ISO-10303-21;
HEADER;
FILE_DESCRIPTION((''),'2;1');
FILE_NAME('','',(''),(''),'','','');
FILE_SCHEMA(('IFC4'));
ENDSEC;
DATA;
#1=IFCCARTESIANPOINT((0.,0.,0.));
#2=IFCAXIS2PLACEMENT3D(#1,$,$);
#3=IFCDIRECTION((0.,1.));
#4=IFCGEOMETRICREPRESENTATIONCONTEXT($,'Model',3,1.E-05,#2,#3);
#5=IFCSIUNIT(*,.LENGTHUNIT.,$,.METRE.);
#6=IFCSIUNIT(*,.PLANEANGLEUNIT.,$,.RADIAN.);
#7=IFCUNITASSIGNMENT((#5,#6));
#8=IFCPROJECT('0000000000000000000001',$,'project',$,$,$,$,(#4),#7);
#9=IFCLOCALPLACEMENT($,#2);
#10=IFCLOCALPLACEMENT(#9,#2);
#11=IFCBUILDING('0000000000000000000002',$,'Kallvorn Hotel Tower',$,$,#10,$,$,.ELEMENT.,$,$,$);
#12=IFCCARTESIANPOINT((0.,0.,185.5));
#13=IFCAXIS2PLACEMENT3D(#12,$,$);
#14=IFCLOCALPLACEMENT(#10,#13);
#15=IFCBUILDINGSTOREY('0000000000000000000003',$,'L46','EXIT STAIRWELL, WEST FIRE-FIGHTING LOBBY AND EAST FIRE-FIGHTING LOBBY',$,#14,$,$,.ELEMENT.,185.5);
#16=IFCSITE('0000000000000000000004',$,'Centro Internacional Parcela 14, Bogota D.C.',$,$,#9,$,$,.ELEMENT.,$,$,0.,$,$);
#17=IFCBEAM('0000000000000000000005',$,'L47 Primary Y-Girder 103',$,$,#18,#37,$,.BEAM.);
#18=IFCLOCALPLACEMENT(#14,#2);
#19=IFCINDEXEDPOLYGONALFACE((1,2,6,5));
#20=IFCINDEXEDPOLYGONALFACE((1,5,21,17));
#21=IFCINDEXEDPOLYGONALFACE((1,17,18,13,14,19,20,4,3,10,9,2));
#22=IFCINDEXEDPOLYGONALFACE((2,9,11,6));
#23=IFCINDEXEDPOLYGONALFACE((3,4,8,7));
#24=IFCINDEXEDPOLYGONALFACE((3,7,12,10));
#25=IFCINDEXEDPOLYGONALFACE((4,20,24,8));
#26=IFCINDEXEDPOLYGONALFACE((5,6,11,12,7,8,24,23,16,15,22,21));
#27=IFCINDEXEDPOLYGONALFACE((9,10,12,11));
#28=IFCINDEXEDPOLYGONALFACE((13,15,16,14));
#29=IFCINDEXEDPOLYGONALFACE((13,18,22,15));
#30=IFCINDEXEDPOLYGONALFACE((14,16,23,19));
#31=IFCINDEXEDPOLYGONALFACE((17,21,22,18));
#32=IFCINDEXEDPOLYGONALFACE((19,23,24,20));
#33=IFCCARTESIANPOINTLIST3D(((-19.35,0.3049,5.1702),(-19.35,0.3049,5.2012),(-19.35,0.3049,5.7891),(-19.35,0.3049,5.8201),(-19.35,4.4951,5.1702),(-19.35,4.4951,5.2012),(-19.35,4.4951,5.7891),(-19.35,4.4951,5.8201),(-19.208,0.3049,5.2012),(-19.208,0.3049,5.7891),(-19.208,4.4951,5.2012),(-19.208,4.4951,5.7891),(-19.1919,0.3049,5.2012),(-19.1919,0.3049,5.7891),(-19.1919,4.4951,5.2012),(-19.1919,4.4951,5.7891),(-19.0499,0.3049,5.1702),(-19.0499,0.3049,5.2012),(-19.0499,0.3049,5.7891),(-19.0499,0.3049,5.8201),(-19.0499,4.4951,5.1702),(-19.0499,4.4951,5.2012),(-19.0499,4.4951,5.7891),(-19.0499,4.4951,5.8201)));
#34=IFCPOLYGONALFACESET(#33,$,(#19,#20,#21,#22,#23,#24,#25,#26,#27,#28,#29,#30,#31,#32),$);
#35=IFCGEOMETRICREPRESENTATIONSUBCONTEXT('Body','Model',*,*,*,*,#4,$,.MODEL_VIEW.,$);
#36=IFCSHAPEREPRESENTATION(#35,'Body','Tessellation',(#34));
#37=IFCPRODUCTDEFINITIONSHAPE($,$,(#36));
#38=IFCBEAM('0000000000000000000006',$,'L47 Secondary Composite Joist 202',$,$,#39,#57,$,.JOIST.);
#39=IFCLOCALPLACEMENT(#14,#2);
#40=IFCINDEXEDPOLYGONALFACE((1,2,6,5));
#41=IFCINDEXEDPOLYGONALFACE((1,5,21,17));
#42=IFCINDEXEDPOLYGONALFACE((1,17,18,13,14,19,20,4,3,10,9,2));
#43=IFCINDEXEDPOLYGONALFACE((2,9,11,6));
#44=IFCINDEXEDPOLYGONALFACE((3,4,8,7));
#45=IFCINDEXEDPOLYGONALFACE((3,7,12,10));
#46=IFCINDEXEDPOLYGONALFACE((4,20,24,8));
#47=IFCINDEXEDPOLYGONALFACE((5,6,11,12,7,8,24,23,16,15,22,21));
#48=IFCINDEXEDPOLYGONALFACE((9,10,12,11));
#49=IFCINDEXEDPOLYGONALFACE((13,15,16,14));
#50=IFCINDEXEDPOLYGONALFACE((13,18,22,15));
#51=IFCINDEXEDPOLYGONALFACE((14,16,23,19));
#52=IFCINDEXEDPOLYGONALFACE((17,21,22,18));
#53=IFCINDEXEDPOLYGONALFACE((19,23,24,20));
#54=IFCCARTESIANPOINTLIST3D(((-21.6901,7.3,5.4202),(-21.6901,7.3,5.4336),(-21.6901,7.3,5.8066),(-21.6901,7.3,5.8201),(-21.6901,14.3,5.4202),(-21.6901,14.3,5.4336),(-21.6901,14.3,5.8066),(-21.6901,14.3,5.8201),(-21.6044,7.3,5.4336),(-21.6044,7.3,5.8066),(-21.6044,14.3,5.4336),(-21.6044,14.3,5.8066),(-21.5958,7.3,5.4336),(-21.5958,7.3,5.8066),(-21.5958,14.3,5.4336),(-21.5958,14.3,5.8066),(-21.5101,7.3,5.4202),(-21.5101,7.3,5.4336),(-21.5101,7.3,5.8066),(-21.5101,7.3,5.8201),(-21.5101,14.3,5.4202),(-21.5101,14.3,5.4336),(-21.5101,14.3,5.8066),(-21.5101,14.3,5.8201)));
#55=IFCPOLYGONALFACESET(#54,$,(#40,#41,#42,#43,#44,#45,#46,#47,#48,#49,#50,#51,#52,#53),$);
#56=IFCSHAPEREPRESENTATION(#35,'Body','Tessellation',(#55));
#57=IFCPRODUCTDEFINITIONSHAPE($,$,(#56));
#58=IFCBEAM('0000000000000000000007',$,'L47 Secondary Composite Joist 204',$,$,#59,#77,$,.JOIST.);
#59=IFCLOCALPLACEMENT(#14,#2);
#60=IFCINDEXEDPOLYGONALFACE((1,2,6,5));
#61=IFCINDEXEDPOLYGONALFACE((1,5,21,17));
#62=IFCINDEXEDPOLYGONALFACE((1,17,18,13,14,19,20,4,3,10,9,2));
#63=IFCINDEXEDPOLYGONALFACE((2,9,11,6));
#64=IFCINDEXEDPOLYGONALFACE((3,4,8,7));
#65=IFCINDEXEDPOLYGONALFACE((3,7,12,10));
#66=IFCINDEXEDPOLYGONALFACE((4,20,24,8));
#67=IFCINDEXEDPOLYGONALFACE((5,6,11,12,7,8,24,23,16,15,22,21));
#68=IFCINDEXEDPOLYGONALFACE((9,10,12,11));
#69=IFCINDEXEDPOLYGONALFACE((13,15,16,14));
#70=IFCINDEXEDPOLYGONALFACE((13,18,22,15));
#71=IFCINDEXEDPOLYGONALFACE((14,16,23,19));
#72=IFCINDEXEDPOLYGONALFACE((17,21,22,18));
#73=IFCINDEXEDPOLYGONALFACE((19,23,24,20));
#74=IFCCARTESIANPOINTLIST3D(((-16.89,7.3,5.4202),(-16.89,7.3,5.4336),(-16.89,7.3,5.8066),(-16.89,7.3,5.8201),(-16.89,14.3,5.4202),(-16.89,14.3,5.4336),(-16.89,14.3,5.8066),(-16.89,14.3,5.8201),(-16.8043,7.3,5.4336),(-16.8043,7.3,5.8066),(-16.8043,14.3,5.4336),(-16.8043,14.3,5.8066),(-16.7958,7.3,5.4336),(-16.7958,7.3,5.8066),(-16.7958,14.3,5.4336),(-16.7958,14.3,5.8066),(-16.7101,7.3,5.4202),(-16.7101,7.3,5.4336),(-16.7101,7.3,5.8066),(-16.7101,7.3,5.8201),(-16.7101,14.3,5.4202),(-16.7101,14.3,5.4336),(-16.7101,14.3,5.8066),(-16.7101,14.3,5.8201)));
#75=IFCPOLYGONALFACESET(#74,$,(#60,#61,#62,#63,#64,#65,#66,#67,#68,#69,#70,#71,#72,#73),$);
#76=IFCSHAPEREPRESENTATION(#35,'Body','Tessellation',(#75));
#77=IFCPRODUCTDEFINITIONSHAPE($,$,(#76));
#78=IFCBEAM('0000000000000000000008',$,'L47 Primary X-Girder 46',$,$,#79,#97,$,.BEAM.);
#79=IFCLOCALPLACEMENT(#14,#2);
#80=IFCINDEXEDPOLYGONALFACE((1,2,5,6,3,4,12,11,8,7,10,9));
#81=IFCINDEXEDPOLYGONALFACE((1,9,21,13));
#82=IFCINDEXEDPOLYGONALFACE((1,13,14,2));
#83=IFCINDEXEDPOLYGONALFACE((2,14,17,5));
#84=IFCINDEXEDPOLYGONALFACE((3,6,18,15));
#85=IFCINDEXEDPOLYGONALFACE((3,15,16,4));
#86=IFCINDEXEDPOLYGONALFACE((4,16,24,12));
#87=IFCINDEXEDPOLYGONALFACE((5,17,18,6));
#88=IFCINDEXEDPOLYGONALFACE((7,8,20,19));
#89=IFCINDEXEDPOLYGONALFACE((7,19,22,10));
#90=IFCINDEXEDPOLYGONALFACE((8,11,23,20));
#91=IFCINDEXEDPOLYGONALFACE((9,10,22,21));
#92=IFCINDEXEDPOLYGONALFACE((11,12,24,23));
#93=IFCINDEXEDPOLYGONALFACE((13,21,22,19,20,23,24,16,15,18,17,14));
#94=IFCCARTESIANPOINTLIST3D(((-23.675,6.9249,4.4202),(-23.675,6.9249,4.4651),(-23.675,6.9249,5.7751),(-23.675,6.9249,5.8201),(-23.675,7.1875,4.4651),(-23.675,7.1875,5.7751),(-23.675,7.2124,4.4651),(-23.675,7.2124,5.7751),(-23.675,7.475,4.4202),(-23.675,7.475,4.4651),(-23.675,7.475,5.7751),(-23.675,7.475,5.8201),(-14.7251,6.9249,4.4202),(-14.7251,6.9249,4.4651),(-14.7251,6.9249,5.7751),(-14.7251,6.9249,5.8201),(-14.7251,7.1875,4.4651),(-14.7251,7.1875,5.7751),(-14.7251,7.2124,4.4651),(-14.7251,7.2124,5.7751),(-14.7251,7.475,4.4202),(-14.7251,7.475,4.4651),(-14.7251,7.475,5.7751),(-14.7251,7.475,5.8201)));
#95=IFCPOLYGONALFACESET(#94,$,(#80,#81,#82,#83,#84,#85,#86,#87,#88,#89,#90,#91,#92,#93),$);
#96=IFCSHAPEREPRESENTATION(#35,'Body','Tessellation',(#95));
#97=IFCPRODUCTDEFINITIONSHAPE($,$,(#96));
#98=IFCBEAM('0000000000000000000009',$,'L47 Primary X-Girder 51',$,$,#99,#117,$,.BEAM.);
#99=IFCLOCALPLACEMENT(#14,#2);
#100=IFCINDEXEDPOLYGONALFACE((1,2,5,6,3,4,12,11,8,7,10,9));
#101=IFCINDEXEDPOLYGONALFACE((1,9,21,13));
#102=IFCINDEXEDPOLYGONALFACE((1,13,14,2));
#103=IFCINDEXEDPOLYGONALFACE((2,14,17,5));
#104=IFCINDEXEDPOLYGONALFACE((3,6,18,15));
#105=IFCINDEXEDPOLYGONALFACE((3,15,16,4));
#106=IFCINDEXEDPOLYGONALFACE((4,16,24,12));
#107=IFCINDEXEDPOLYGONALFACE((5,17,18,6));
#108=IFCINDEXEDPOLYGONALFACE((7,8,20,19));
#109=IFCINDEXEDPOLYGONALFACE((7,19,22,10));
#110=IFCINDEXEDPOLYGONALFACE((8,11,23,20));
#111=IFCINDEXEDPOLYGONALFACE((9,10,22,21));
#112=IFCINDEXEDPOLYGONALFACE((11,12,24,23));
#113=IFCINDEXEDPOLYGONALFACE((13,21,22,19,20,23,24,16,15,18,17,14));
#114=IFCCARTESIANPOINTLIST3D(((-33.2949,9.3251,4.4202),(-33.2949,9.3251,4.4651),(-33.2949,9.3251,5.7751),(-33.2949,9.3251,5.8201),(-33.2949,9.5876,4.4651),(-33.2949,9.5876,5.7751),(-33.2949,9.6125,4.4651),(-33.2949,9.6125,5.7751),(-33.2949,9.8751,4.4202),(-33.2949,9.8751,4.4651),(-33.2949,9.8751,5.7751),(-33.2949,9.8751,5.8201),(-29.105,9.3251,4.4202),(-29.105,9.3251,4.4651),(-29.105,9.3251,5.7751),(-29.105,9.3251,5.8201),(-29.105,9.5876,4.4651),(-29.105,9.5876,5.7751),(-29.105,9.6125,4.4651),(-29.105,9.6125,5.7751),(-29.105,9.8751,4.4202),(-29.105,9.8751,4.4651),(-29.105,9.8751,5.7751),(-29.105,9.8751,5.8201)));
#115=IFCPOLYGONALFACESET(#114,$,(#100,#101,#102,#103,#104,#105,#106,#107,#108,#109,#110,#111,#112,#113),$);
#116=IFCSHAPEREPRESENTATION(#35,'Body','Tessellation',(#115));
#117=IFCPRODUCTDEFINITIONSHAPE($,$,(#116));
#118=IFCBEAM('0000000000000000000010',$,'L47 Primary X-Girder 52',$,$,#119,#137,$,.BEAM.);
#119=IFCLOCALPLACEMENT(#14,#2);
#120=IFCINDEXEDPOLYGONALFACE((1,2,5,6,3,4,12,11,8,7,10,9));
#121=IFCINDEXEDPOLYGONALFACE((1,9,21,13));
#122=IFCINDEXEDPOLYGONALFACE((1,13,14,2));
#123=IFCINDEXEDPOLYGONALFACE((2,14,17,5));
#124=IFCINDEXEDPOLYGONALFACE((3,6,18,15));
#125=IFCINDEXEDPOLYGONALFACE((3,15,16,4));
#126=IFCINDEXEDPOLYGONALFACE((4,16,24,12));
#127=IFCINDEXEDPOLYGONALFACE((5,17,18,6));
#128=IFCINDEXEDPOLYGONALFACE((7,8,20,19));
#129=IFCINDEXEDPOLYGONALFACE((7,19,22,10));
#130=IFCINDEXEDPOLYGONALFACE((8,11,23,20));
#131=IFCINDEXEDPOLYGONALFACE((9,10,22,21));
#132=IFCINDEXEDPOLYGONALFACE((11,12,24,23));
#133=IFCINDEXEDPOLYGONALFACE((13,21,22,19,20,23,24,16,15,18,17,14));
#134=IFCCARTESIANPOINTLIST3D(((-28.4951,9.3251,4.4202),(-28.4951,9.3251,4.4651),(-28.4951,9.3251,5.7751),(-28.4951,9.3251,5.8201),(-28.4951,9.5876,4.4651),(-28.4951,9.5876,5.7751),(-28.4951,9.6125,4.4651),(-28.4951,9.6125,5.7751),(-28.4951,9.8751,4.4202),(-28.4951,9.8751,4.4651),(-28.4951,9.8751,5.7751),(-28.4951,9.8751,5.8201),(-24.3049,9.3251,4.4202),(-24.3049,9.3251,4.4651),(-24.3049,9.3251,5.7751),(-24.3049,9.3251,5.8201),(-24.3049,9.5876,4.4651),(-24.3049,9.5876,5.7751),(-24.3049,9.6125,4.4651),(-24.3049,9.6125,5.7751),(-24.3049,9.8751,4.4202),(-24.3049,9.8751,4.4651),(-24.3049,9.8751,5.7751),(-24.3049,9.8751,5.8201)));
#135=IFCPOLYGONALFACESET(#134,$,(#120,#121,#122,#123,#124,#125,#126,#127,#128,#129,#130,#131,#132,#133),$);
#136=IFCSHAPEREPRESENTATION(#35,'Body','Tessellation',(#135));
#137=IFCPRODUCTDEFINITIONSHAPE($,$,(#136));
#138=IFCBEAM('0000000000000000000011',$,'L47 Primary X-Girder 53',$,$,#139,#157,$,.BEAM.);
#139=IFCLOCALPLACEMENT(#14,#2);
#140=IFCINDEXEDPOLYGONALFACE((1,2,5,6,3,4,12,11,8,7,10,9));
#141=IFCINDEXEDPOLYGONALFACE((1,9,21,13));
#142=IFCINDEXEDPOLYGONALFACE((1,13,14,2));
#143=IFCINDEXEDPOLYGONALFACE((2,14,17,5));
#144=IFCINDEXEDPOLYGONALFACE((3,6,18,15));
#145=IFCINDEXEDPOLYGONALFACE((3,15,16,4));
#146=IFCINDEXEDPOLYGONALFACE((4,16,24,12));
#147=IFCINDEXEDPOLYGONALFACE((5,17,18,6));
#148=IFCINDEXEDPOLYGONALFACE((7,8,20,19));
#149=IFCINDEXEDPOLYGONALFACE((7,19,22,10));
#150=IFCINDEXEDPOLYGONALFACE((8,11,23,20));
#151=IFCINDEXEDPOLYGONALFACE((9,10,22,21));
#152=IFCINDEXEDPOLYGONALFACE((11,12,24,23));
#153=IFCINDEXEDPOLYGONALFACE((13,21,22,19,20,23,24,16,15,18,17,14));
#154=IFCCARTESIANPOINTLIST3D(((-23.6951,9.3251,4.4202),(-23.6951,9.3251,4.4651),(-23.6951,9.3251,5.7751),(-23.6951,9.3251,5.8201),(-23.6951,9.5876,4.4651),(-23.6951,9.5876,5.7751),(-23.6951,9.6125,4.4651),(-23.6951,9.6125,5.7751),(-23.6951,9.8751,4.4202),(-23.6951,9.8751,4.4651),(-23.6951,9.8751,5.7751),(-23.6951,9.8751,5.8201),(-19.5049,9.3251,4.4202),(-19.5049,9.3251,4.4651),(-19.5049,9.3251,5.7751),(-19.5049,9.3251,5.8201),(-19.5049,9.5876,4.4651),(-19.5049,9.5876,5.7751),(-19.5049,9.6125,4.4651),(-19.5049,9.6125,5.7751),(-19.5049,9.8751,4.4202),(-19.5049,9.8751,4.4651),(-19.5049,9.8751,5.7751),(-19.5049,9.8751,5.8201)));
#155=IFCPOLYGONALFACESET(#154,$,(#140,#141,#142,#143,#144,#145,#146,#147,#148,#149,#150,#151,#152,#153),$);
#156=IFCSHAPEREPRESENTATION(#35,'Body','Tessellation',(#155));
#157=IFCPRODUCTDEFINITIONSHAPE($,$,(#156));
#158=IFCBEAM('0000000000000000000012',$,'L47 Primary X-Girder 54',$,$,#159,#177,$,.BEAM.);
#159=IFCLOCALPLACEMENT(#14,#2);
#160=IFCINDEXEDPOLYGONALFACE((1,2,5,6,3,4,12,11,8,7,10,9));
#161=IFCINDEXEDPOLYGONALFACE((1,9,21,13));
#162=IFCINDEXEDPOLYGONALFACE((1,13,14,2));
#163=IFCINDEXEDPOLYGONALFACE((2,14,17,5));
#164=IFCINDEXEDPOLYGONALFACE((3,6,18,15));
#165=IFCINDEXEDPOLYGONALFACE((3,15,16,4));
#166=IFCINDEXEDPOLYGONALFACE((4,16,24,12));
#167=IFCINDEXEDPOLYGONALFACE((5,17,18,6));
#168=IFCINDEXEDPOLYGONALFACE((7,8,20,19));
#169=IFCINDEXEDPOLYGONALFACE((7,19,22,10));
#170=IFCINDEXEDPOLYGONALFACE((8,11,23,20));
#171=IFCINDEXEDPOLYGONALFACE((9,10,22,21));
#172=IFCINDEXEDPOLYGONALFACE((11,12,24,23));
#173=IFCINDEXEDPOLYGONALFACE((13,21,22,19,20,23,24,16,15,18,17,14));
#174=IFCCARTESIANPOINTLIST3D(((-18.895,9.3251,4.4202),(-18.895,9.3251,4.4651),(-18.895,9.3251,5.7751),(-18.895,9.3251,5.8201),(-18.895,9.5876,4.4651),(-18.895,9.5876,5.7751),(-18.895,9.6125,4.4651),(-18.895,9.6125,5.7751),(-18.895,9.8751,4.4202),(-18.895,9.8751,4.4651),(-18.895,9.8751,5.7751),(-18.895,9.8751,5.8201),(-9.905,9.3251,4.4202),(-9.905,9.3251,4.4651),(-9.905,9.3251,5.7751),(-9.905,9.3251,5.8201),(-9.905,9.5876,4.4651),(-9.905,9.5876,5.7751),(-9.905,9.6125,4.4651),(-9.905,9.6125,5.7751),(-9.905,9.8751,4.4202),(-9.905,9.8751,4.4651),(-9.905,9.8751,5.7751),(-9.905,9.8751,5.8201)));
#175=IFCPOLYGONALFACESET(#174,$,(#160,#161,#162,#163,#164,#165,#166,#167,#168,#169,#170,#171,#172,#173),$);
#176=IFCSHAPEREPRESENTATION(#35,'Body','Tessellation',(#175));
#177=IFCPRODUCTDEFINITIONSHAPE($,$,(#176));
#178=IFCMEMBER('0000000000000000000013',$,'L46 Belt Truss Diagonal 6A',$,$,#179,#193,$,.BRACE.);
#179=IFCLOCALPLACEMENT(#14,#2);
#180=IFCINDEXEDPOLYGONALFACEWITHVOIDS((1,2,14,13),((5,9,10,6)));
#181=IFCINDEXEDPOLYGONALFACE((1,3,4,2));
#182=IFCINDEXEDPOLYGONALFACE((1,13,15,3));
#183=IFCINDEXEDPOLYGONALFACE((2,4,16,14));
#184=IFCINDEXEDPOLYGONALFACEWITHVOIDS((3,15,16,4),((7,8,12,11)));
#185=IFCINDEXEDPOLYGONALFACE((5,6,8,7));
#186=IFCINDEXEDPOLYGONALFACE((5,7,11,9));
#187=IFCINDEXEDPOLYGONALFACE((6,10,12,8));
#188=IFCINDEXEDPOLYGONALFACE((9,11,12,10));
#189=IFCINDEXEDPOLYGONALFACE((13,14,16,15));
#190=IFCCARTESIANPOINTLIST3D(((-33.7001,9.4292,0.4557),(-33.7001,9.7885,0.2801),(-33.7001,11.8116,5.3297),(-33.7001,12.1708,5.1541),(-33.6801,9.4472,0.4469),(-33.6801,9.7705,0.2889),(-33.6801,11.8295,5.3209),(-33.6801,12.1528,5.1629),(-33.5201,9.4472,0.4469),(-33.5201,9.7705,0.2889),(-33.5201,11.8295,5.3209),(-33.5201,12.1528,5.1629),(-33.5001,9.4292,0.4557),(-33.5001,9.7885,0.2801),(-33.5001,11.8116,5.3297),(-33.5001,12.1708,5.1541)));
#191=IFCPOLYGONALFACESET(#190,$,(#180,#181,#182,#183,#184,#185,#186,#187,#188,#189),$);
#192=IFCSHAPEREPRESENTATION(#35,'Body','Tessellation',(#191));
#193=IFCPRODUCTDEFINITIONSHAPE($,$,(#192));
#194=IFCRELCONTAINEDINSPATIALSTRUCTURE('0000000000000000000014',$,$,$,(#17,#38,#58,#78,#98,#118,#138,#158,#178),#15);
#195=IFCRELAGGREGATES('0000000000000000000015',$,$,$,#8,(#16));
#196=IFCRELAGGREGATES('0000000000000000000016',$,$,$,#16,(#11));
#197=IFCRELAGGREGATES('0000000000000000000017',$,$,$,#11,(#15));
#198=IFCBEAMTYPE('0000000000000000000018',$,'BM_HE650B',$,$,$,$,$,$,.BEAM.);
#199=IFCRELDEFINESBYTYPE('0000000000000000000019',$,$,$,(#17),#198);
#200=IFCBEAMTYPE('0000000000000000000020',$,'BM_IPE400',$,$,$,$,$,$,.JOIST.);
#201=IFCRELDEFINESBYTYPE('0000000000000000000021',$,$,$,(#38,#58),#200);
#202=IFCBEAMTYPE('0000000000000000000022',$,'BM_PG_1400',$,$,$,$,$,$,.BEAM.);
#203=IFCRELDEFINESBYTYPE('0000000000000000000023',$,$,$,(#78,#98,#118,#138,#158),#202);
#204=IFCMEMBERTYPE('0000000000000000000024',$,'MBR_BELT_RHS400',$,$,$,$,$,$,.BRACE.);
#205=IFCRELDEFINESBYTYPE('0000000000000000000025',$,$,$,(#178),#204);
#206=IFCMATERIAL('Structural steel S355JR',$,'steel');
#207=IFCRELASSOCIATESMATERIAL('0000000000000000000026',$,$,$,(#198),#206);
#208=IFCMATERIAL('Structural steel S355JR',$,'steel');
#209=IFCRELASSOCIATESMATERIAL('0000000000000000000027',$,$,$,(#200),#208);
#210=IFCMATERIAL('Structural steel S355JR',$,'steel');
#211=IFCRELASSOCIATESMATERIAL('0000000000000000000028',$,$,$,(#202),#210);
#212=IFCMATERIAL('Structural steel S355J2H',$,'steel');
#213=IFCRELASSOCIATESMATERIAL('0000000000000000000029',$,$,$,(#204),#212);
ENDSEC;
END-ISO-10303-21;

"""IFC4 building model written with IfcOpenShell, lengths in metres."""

from ifc_helpers import new_model, si_unit, direction, frame, origin, origin_2d, place, context, subcontext, project, spatial, hollow_rectangle, i_section, extrude, material, material_profile, profile_set, type_object, element, save


model = new_model("IFC4")

# Units and contexts
model_context = context("Model", 3, precision=1e-05, world=origin(), true_north=direction((0.0, 1.0)))
body_context = subcontext(model_context, "Body", "Model", "MODEL_VIEW")
ifc_project = project(units=[si_unit("LENGTHUNIT", "METRE"), si_unit("PLANEANGLEUNIT", "RADIAN")], contexts=[model_context])

# Site, building, storey
site_placement = place(None, origin())
site = spatial("IfcSite", under=ifc_project, at=site_placement, Name="Centro Internacional Parcela 14, Bogota D.C.", CompositionType="ELEMENT", RefElevation=0.0)
building_placement = place(site_placement, origin())
building = spatial("IfcBuilding", under=site, at=building_placement, Name="Kallvorn Hotel Tower", CompositionType="ELEMENT")
storey_placement = place(building_placement, frame((0.0, 0.0, 185.5)))
storey = spatial("IfcBuildingStorey", under=building, at=storey_placement, Name="L46", Description="EXIT STAIRWELL, WEST FIRE-FIGHTING LOBBY AND EAST FIRE-FIGHTING LOBBY", CompositionType="ELEMENT", Elevation=185.5)

# Beams
ifc_material_1 = material(Name="Structural steel S355JR", Category="steel")
ifc_material_profile_1 = material_profile(ifc_material_1, i_section(OverallWidth=0.3, OverallDepth=0.6499, WebThickness=0.0161, FlangeThickness=0.031, at=origin_2d()), Name="HE 650 B")
ifc_profile_set_1 = profile_set([ifc_material_profile_1], Name="Structural steel S355JR")
beam_type_1 = type_object("IfcBeamType", Name="BM_HE650B", PredefinedType="BEAM", material=ifc_profile_set_1)
beam_1_placement = place(storey_placement, frame((-19.2, 0.3049, 5.4951), z_axis=(0.0, 1.0, 0.0), x_axis=(-1.0, 0.0, 0.0)))
element("IfcBeam", 1, at=beam_1_placement, inside=storey, type_object=beam_type_1, Name="L47 Primary Y-Girder 103", PredefinedType="BEAM", context=body_context, shape_type="SweptSolid", body=[
    extrude(i_section(OverallWidth=0.3, OverallDepth=0.6499, WebThickness=0.0161, FlangeThickness=0.031, at=origin_2d()), origin(), (0.0, 0.0, 1.0), 4.1902),
])
ifc_material_2 = material(Name="Structural steel S355JR", Category="steel")
ifc_material_profile_2 = material_profile(ifc_material_2, i_section(OverallWidth=0.1799, OverallDepth=0.3999, WebThickness=0.0085, FlangeThickness=0.0134, at=origin_2d()), Name="IPE 400")
ifc_profile_set_2 = profile_set([ifc_material_profile_2], Name="Structural steel S355JR")
beam_type_2 = type_object("IfcBeamType", Name="BM_IPE400", PredefinedType="JOIST", material=ifc_profile_set_2)
for number, where, z_axis, x_axis, name in (
    (2, (-21.6001, 7.3, 5.6201), (0.0, 1.0, 0.0), (-1.0, 0.0, 0.0), "L47 Secondary Composite Joist 202"),
    (3, (-16.8, 7.3, 5.6201), (0.0, 1.0, 0.0), (-1.0, 0.0, 0.0), "L47 Secondary Composite Joist 204"),
):
    element("IfcBeam", number, at=place(storey_placement, frame(where, z_axis=z_axis, x_axis=x_axis)), inside=storey, type_object=beam_type_2, Name=name, PredefinedType="JOIST", context=body_context, shape_type="SweptSolid", body=[
        extrude(i_section(OverallWidth=0.1799, OverallDepth=0.3999, WebThickness=0.0085, FlangeThickness=0.0134, at=origin_2d()), origin(), (0.0, 0.0, 1.0), 7.0),
    ])
ifc_material_3 = material(Name="Structural steel S355JR", Category="steel")
ifc_material_profile_3 = material_profile(ifc_material_3, i_section(OverallWidth=0.55, OverallDepth=1.3999, WebThickness=0.0249, FlangeThickness=0.0449, at=origin_2d()), Name="PG 1400x550x25x45")
ifc_profile_set_3 = profile_set([ifc_material_profile_3], Name="Structural steel S355JR")
beam_type_3 = type_object("IfcBeamType", Name="BM_PG_1400", PredefinedType="BEAM", material=ifc_profile_set_3)
beam_2_placement = place(storey_placement, frame((-23.675, 7.2, 5.1201), z_axis=(1.0, 0.0, 0.0), x_axis=(0.0, 1.0, 0.0)))
element("IfcBeam", 4, at=beam_2_placement, inside=storey, type_object=beam_type_3, Name="L47 Primary X-Girder 46", PredefinedType="BEAM", context=body_context, shape_type="SweptSolid", body=[
    extrude(i_section(OverallWidth=0.55, OverallDepth=1.3999, WebThickness=0.0249, FlangeThickness=0.0449, at=origin_2d()), origin(), (0.0, 0.0, 1.0), 8.95),
])
beam_3_placement = place(storey_placement, frame((-33.2949, 9.6001, 5.1201), z_axis=(1.0, 0.0, 0.0), x_axis=(0.0, 1.0, 0.0)))
element("IfcBeam", 5, at=beam_3_placement, inside=storey, type_object=beam_type_3, Name="L47 Primary X-Girder 51", PredefinedType="BEAM", context=body_context, shape_type="SweptSolid", body=[
    extrude(i_section(OverallWidth=0.55, OverallDepth=1.3999, WebThickness=0.0249, FlangeThickness=0.0449, at=origin_2d()), origin(), (0.0, 0.0, 1.0), 4.1899),
])
for number, where, z_axis, x_axis, name in (
    (6, (-28.4951, 9.6001, 5.1201), (1.0, 0.0, 0.0), (0.0, 1.0, 0.0), "L47 Primary X-Girder 52"),
    (7, (-23.6951, 9.6001, 5.1201), (1.0, 0.0, 0.0), (0.0, 1.0, 0.0), "L47 Primary X-Girder 53"),
):
    element("IfcBeam", number, at=place(storey_placement, frame(where, z_axis=z_axis, x_axis=x_axis)), inside=storey, type_object=beam_type_3, Name=name, PredefinedType="BEAM", context=body_context, shape_type="SweptSolid", body=[
        extrude(i_section(OverallWidth=0.55, OverallDepth=1.3999, WebThickness=0.0249, FlangeThickness=0.0449, at=origin_2d()), origin(), (0.0, 0.0, 1.0), 4.1902),
    ])
beam_4_placement = place(storey_placement, frame((-18.895, 9.6001, 5.1201), z_axis=(1.0, 0.0, 0.0), x_axis=(0.0, 1.0, 0.0)))
element("IfcBeam", 8, at=beam_4_placement, inside=storey, type_object=beam_type_3, Name="L47 Primary X-Girder 54", PredefinedType="BEAM", context=body_context, shape_type="SweptSolid", body=[
    extrude(i_section(OverallWidth=0.55, OverallDepth=1.3999, WebThickness=0.0249, FlangeThickness=0.0449, at=origin_2d()), origin(), (0.0, 0.0, 1.0), 8.99),
])

# Member
ifc_material_4 = material(Name="Structural steel S355J2H", Category="steel")
ifc_material_profile_4 = material_profile(ifc_material_4, hollow_rectangle(XDim=0.2, YDim=0.3999, WallThickness=0.02, at=origin_2d()), Name="RHS 400x200x20")
ifc_profile_set_4 = profile_set([ifc_material_profile_4], Name="Structural steel S355J2H")
member_type_1 = type_object("IfcMemberType", Name="MBR_BELT_RHS400", PredefinedType="BRACE", material=ifc_profile_set_4)
member_1_placement = place(storey_placement, frame((-33.6001, 9.6089, 0.3679), z_axis=(0.0, 0.439131, 0.898423), x_axis=(-1.0, 0.0, 0.0)))
element("IfcMember", 9, at=member_1_placement, inside=storey, type_object=member_type_1, Name="L46 Belt Truss Diagonal 6A", PredefinedType="BRACE", context=body_context, shape_type="SweptSolid", body=[
    extrude(hollow_rectangle(XDim=0.2, YDim=0.3999, WallThickness=0.02, at=origin_2d()), origin(), (0.0, 0.0, 1.0), 5.425),
])

save(model, "model.ifc")
